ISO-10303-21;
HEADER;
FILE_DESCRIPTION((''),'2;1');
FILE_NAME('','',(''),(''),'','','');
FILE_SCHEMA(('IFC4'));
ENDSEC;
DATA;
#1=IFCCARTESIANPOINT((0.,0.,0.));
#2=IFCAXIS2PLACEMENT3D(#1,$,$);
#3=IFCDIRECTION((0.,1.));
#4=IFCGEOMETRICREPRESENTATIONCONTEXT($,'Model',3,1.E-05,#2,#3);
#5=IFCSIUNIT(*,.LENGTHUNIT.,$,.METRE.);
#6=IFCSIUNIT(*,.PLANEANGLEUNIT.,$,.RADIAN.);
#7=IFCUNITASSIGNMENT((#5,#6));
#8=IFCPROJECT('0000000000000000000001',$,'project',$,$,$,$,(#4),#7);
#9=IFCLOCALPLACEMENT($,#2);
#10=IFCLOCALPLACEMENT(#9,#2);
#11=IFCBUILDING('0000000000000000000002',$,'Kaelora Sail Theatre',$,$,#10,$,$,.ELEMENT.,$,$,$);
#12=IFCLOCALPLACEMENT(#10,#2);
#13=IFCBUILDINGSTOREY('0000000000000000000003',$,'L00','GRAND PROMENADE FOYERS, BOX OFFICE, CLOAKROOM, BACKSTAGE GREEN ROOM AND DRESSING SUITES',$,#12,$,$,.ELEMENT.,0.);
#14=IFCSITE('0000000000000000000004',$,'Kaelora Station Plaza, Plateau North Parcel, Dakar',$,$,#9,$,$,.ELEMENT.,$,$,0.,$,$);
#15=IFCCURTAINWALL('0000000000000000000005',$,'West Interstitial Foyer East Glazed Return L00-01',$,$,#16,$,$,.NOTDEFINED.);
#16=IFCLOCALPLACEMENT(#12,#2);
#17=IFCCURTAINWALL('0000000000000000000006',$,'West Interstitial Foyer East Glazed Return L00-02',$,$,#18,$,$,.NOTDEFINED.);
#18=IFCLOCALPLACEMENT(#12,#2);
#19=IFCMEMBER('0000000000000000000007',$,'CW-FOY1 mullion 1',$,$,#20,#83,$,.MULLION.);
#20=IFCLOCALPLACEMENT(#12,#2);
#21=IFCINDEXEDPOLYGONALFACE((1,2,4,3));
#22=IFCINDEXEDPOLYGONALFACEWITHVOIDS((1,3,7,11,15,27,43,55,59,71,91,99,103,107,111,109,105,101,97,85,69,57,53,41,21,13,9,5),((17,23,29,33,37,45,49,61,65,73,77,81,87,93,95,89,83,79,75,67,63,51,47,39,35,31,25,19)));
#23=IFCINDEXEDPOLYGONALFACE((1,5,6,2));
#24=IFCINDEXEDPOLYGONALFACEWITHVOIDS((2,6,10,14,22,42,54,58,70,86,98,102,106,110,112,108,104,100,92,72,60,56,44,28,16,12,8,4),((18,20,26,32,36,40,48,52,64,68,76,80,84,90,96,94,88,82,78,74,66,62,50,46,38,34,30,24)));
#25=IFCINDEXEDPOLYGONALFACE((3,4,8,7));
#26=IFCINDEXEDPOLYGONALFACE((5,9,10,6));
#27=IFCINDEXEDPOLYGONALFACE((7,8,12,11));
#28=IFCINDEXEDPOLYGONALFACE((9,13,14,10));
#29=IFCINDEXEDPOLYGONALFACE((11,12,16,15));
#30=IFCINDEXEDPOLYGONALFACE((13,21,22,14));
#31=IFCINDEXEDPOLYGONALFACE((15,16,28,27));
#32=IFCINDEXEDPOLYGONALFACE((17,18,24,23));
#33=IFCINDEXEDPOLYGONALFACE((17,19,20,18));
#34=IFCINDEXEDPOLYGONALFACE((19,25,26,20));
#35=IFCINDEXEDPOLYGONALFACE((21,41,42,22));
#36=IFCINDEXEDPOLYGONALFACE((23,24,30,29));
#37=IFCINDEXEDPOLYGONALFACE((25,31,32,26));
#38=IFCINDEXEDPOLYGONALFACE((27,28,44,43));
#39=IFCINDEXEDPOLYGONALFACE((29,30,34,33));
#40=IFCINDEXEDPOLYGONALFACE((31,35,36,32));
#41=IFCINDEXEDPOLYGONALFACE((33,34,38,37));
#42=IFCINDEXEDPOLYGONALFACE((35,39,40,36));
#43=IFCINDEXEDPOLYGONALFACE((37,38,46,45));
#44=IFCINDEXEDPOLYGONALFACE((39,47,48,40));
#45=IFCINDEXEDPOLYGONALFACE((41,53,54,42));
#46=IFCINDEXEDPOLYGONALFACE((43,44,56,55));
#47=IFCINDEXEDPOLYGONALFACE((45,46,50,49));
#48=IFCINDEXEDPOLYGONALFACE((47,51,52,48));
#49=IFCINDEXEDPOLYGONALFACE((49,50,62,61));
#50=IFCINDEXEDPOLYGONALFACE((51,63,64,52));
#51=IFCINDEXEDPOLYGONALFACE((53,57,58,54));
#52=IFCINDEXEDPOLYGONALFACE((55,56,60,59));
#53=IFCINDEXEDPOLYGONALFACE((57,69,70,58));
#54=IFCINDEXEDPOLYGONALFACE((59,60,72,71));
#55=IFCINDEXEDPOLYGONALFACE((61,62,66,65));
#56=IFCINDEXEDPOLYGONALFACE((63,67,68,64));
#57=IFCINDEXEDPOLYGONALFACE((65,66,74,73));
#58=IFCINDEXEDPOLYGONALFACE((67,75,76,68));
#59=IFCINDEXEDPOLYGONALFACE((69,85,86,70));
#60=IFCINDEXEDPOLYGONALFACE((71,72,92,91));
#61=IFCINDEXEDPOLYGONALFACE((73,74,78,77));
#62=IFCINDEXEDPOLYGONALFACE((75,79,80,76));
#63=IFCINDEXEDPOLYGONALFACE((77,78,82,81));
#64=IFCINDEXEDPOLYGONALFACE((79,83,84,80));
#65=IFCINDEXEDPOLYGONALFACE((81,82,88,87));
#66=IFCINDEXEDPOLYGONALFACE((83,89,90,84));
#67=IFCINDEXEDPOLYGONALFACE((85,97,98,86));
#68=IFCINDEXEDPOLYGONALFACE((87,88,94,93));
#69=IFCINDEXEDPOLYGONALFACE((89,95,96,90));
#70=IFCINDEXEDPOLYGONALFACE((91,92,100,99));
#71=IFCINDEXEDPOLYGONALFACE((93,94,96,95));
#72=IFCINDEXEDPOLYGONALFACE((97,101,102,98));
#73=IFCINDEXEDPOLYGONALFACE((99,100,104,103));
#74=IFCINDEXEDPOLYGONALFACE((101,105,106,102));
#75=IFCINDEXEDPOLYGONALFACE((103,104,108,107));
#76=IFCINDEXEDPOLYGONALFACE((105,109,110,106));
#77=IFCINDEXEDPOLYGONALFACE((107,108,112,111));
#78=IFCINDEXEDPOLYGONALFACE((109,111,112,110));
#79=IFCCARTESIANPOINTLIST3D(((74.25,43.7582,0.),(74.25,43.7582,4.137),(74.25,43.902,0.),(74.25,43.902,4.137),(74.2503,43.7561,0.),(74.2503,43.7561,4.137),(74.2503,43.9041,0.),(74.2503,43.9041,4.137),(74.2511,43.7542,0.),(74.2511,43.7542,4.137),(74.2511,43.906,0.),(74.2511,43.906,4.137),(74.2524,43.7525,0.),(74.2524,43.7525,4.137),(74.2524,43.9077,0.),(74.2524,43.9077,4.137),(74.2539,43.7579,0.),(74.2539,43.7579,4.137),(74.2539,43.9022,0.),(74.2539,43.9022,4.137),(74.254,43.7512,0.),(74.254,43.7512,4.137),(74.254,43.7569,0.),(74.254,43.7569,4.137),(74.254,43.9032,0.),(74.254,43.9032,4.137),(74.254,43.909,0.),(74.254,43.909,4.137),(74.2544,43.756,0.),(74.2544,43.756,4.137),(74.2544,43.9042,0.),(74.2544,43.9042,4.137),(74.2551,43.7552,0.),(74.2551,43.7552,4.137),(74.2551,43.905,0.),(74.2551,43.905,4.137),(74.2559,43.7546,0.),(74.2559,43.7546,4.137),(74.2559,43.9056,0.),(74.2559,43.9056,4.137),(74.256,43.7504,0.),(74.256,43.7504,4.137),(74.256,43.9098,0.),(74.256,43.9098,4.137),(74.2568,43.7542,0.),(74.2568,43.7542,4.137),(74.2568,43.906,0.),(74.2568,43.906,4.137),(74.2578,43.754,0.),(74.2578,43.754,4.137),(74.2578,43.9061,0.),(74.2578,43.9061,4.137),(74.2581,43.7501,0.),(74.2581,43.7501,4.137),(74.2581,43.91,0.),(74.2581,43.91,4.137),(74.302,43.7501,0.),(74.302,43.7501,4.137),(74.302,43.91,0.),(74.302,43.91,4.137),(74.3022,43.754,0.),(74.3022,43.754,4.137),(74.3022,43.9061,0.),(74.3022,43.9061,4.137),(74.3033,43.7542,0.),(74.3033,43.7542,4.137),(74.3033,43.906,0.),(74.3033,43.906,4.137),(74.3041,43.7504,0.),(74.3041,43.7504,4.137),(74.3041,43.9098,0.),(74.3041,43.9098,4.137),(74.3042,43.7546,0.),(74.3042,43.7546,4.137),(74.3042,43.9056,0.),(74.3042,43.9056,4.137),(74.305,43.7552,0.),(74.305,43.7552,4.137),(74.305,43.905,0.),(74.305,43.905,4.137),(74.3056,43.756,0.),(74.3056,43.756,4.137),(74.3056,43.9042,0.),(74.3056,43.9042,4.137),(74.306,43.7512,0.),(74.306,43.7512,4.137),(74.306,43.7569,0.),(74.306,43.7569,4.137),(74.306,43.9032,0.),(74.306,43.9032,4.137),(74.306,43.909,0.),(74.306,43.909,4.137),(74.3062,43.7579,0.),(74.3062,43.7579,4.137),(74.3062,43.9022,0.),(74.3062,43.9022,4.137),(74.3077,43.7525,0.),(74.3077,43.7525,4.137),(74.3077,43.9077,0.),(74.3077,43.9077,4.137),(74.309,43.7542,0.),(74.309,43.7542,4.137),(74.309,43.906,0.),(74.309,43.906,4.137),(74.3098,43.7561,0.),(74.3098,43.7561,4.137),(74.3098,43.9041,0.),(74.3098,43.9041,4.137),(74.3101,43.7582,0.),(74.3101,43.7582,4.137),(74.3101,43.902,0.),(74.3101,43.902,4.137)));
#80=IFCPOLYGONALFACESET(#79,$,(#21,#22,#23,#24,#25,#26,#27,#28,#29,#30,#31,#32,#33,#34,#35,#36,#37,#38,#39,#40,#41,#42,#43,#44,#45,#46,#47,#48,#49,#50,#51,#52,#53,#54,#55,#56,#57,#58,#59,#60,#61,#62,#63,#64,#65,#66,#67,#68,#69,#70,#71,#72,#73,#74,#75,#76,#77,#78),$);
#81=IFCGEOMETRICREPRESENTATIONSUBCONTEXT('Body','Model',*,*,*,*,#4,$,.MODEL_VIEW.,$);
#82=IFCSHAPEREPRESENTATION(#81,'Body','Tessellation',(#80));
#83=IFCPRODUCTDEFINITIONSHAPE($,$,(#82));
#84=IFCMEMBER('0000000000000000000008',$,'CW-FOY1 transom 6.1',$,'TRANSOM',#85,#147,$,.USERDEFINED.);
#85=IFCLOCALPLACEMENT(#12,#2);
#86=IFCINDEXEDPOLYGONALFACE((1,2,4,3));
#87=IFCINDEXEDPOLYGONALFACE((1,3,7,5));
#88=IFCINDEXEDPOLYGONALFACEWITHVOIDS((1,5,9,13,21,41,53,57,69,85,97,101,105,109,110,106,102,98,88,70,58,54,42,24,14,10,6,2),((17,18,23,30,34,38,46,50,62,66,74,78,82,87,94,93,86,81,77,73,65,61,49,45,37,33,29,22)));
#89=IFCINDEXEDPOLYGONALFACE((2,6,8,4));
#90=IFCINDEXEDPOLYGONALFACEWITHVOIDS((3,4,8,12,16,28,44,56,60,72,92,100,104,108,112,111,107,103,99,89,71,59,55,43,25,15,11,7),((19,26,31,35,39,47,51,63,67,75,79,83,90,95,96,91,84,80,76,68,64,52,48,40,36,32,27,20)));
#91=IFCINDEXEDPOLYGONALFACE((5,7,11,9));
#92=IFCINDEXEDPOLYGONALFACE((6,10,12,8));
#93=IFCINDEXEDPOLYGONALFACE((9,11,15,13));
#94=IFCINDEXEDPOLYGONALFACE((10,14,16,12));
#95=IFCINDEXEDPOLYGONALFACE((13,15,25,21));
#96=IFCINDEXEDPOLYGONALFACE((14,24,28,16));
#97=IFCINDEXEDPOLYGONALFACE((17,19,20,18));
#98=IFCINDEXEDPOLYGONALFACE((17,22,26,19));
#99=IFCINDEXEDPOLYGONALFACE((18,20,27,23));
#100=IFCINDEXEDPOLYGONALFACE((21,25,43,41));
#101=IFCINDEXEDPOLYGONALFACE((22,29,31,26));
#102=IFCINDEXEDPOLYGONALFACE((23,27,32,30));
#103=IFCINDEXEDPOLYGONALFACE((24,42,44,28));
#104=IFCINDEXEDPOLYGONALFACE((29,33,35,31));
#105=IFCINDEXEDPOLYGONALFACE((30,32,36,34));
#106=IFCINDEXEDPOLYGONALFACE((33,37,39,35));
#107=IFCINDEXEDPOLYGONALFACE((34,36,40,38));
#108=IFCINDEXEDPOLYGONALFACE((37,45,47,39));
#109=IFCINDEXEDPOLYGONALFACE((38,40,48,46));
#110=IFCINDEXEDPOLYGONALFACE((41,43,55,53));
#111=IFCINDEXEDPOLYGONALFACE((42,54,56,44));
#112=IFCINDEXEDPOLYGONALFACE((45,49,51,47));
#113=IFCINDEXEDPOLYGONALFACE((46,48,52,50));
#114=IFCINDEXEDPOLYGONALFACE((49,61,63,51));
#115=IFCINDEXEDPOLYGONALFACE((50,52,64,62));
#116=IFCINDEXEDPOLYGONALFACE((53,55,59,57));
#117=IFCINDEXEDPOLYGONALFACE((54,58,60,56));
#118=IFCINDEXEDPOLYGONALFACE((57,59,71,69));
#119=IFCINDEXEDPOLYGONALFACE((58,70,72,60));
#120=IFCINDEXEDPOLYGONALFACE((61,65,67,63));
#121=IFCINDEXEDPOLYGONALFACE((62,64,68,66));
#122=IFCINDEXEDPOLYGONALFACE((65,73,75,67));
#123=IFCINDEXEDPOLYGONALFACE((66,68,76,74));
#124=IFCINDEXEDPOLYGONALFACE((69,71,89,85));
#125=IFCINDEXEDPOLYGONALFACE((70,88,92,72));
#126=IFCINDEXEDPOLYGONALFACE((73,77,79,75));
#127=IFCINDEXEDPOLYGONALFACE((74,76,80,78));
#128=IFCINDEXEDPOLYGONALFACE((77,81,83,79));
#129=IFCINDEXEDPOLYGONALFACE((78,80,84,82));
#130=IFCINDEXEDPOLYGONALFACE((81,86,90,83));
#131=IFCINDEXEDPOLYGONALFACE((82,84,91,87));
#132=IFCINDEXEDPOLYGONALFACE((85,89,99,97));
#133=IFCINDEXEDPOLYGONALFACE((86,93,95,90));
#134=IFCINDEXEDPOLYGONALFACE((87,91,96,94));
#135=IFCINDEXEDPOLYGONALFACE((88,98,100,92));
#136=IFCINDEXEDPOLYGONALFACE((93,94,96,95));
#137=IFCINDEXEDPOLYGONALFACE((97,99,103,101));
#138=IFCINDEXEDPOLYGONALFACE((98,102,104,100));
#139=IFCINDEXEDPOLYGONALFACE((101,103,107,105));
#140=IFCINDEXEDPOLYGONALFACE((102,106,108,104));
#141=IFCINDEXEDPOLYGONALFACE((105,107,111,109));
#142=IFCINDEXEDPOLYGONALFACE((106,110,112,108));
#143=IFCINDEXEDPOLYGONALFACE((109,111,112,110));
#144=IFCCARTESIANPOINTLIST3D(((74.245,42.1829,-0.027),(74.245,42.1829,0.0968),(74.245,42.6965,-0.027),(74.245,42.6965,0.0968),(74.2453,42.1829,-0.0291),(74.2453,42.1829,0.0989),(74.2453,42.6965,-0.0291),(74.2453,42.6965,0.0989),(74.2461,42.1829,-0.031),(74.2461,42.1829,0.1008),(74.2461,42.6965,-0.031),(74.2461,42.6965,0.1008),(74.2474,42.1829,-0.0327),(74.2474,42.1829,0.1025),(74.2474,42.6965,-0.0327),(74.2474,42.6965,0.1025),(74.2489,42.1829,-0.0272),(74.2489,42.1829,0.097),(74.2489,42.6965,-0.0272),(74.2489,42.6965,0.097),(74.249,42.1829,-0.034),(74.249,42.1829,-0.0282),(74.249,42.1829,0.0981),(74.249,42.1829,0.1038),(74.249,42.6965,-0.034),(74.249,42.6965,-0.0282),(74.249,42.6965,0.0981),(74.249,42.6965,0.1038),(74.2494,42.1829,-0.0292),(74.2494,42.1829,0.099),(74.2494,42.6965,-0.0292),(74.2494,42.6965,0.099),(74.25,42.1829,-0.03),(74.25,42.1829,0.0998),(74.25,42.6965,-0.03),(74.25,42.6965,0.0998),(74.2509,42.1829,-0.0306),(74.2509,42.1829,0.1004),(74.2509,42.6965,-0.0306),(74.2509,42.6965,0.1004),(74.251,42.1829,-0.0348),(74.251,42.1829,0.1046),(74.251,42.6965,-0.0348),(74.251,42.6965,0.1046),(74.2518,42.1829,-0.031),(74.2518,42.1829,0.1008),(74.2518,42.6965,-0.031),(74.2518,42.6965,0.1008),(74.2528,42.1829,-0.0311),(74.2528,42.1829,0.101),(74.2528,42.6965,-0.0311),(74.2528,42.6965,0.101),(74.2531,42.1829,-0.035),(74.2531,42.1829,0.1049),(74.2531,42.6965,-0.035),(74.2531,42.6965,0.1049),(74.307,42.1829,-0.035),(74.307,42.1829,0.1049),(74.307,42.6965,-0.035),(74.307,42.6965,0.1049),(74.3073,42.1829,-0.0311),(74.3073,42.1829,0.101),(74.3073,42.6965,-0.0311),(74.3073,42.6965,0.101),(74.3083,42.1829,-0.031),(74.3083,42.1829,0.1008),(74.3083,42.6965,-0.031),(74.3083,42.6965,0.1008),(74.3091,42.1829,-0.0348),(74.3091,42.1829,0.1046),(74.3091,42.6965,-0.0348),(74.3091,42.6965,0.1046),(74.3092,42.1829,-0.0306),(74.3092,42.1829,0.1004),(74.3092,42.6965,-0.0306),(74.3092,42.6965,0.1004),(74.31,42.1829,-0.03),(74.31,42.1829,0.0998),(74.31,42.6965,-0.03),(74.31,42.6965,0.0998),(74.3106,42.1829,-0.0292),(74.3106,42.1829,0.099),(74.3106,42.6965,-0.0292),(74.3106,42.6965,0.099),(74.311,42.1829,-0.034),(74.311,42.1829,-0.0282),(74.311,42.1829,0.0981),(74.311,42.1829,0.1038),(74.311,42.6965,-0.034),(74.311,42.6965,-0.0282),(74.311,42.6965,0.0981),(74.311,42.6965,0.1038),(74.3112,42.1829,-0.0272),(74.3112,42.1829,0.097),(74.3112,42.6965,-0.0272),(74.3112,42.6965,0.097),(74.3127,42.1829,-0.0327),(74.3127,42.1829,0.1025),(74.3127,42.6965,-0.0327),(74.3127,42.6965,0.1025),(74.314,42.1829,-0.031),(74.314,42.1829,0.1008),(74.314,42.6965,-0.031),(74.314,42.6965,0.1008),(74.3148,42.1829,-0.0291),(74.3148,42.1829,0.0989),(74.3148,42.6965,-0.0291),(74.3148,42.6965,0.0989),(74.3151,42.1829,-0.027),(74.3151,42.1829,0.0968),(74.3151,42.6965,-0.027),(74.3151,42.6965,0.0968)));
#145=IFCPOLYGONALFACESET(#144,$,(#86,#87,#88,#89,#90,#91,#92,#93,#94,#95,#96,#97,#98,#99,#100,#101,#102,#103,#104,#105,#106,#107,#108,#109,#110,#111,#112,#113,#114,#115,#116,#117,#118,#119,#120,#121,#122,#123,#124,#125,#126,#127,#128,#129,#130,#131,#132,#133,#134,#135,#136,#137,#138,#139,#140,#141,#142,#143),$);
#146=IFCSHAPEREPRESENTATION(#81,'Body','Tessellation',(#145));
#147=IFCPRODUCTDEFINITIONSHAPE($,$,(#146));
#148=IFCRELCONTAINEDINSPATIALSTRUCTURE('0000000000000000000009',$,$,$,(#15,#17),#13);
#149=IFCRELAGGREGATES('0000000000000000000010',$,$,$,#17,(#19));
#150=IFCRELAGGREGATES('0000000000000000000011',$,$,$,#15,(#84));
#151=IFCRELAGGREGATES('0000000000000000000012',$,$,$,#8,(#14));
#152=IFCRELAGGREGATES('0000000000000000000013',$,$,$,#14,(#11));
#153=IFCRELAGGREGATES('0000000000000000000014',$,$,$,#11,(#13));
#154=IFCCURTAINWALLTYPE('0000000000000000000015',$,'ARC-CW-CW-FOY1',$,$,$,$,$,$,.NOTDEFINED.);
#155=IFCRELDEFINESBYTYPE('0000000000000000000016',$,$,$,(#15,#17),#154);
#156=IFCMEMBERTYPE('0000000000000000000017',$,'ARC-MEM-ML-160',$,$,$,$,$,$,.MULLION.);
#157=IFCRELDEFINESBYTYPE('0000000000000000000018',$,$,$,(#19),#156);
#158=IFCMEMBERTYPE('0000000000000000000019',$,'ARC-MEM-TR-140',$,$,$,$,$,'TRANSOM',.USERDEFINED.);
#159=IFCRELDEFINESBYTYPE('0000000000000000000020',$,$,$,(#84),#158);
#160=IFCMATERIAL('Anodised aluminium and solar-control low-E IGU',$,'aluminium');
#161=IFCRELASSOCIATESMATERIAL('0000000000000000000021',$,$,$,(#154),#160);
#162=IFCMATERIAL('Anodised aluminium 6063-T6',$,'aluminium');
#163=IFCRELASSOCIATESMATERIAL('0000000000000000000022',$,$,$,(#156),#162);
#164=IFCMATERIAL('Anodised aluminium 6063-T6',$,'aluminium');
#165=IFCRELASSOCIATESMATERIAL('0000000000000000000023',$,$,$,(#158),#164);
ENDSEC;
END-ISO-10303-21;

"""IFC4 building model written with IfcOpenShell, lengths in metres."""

from ifc_helpers import new_model, si_unit, direction, frame, origin, origin_2d, place, context, subcontext, project, spatial, hollow_rectangle, extrude, material, material_profile, profile_set, type_object, element, aggregate, save


model = new_model("IFC4")

# Units and contexts
model_context = context("Model", 3, precision=1e-05, world=origin(), true_north=direction((0.0, 1.0)))
body_context = subcontext(model_context, "Body", "Model", "MODEL_VIEW")
ifc_project = project(units=[si_unit("LENGTHUNIT", "METRE"), si_unit("PLANEANGLEUNIT", "RADIAN")], contexts=[model_context])

# Site, building, storey
site_placement = place(None, origin())
site = spatial("IfcSite", under=ifc_project, at=site_placement, Name="Kaelora Station Plaza, Plateau North Parcel, Dakar", CompositionType="ELEMENT", RefElevation=0.0)
building_placement = place(site_placement, origin())
building = spatial("IfcBuilding", under=site, at=building_placement, Name="Kaelora Sail Theatre", CompositionType="ELEMENT")
storey_placement = place(building_placement, origin())
storey = spatial("IfcBuildingStorey", under=building, at=storey_placement, Name="L00", Description="GRAND PROMENADE FOYERS, BOX OFFICE, CLOAKROOM, BACKSTAGE GREEN ROOM AND DRESSING SUITES", CompositionType="ELEMENT", Elevation=0.0)

# Curtain wall
ifc_material_1 = material(Name="Anodised aluminium and solar-control low-E IGU", Category="aluminium")
curtain_wall_type = type_object("IfcCurtainWallType", Name="ARC-CW-CW-FOY1", PredefinedType="NOTDEFINED", material=ifc_material_1)
curtain_wall_1_placement = place(storey_placement, origin())
curtain_wall_1 = element("IfcCurtainWall", 1, at=curtain_wall_1_placement, inside=storey, type_object=curtain_wall_type, Name="West Interstitial Foyer East Glazed Return L00-01", PredefinedType="NOTDEFINED")
ifc_material_2 = material(Name="Anodised aluminium 6063-T6", Category="aluminium")
ifc_material_profile_1 = material_profile(ifc_material_2, hollow_rectangle(XDim=0.0601, YDim=0.1599, WallThickness=0.0039, InnerFilletRadius=0.0039, OuterFilletRadius=0.0081, at=origin_2d()), Name="ALU-MULL 60x160x4")
ifc_profile_set_1 = profile_set([ifc_material_profile_1], Name="Anodised aluminium 6063-T6")
member_type_1 = type_object("IfcMemberType", Name="ARC-MEM-ML-160", PredefinedType="MULLION", material=ifc_profile_set_1)

# Curtain wall, member
curtain_wall_2_placement = place(storey_placement, origin())
curtain_wall_2 = element("IfcCurtainWall", 2, at=curtain_wall_2_placement, inside=storey, type_object=curtain_wall_type, Name="West Interstitial Foyer East Glazed Return L00-02", PredefinedType="NOTDEFINED")
member_1_placement = place(storey_placement, frame((74.28, 43.8301, 0.0), z_axis=(0.0, 0.0, 1.0), x_axis=(-1.0, 0.0, 0.0)))
member_1 = element("IfcMember", 3, at=member_1_placement, type_object=member_type_1, Name="CW-FOY1 mullion 1", PredefinedType="MULLION", context=body_context, shape_type="SweptSolid", body=[
    extrude(hollow_rectangle(XDim=0.0601, YDim=0.1599, WallThickness=0.0039, InnerFilletRadius=0.0039, OuterFilletRadius=0.0081, at=origin_2d()), origin(), (0.0, 0.0, 1.0), 4.137),
])
aggregate(curtain_wall_2, [member_1])

# Member
ifc_material_3 = material(Name="Anodised aluminium 6063-T6", Category="aluminium")
ifc_material_profile_2 = material_profile(ifc_material_3, hollow_rectangle(XDim=0.0701, YDim=0.1399, WallThickness=0.0039, InnerFilletRadius=0.0039, OuterFilletRadius=0.0081, at=origin_2d()), Name="ALU-TRAN 70x140x4")
ifc_profile_set_2 = profile_set([ifc_material_profile_2], Name="Anodised aluminium 6063-T6")
member_type_2 = type_object("IfcMemberType", Name="ARC-MEM-TR-140", ElementType="TRANSOM", PredefinedType="USERDEFINED", material=ifc_profile_set_2)
member_2_placement = place(storey_placement, frame((74.28, 42.1829, 0.0349), z_axis=(0.0, 1.0, 0.0), x_axis=(-1.0, 0.0, 0.0)))
member_2 = element("IfcMember", 4, at=member_2_placement, type_object=member_type_2, Name="CW-FOY1 transom 6.1", ObjectType="TRANSOM", PredefinedType="USERDEFINED", context=body_context, shape_type="SweptSolid", body=[
    extrude(hollow_rectangle(XDim=0.0701, YDim=0.1399, WallThickness=0.0039, InnerFilletRadius=0.0039, OuterFilletRadius=0.0081, at=origin_2d()), origin(), (0.0, 0.0, 1.0), 0.5137),
])

aggregate(curtain_wall_1, [member_2])

save(model, "model.ifc")
